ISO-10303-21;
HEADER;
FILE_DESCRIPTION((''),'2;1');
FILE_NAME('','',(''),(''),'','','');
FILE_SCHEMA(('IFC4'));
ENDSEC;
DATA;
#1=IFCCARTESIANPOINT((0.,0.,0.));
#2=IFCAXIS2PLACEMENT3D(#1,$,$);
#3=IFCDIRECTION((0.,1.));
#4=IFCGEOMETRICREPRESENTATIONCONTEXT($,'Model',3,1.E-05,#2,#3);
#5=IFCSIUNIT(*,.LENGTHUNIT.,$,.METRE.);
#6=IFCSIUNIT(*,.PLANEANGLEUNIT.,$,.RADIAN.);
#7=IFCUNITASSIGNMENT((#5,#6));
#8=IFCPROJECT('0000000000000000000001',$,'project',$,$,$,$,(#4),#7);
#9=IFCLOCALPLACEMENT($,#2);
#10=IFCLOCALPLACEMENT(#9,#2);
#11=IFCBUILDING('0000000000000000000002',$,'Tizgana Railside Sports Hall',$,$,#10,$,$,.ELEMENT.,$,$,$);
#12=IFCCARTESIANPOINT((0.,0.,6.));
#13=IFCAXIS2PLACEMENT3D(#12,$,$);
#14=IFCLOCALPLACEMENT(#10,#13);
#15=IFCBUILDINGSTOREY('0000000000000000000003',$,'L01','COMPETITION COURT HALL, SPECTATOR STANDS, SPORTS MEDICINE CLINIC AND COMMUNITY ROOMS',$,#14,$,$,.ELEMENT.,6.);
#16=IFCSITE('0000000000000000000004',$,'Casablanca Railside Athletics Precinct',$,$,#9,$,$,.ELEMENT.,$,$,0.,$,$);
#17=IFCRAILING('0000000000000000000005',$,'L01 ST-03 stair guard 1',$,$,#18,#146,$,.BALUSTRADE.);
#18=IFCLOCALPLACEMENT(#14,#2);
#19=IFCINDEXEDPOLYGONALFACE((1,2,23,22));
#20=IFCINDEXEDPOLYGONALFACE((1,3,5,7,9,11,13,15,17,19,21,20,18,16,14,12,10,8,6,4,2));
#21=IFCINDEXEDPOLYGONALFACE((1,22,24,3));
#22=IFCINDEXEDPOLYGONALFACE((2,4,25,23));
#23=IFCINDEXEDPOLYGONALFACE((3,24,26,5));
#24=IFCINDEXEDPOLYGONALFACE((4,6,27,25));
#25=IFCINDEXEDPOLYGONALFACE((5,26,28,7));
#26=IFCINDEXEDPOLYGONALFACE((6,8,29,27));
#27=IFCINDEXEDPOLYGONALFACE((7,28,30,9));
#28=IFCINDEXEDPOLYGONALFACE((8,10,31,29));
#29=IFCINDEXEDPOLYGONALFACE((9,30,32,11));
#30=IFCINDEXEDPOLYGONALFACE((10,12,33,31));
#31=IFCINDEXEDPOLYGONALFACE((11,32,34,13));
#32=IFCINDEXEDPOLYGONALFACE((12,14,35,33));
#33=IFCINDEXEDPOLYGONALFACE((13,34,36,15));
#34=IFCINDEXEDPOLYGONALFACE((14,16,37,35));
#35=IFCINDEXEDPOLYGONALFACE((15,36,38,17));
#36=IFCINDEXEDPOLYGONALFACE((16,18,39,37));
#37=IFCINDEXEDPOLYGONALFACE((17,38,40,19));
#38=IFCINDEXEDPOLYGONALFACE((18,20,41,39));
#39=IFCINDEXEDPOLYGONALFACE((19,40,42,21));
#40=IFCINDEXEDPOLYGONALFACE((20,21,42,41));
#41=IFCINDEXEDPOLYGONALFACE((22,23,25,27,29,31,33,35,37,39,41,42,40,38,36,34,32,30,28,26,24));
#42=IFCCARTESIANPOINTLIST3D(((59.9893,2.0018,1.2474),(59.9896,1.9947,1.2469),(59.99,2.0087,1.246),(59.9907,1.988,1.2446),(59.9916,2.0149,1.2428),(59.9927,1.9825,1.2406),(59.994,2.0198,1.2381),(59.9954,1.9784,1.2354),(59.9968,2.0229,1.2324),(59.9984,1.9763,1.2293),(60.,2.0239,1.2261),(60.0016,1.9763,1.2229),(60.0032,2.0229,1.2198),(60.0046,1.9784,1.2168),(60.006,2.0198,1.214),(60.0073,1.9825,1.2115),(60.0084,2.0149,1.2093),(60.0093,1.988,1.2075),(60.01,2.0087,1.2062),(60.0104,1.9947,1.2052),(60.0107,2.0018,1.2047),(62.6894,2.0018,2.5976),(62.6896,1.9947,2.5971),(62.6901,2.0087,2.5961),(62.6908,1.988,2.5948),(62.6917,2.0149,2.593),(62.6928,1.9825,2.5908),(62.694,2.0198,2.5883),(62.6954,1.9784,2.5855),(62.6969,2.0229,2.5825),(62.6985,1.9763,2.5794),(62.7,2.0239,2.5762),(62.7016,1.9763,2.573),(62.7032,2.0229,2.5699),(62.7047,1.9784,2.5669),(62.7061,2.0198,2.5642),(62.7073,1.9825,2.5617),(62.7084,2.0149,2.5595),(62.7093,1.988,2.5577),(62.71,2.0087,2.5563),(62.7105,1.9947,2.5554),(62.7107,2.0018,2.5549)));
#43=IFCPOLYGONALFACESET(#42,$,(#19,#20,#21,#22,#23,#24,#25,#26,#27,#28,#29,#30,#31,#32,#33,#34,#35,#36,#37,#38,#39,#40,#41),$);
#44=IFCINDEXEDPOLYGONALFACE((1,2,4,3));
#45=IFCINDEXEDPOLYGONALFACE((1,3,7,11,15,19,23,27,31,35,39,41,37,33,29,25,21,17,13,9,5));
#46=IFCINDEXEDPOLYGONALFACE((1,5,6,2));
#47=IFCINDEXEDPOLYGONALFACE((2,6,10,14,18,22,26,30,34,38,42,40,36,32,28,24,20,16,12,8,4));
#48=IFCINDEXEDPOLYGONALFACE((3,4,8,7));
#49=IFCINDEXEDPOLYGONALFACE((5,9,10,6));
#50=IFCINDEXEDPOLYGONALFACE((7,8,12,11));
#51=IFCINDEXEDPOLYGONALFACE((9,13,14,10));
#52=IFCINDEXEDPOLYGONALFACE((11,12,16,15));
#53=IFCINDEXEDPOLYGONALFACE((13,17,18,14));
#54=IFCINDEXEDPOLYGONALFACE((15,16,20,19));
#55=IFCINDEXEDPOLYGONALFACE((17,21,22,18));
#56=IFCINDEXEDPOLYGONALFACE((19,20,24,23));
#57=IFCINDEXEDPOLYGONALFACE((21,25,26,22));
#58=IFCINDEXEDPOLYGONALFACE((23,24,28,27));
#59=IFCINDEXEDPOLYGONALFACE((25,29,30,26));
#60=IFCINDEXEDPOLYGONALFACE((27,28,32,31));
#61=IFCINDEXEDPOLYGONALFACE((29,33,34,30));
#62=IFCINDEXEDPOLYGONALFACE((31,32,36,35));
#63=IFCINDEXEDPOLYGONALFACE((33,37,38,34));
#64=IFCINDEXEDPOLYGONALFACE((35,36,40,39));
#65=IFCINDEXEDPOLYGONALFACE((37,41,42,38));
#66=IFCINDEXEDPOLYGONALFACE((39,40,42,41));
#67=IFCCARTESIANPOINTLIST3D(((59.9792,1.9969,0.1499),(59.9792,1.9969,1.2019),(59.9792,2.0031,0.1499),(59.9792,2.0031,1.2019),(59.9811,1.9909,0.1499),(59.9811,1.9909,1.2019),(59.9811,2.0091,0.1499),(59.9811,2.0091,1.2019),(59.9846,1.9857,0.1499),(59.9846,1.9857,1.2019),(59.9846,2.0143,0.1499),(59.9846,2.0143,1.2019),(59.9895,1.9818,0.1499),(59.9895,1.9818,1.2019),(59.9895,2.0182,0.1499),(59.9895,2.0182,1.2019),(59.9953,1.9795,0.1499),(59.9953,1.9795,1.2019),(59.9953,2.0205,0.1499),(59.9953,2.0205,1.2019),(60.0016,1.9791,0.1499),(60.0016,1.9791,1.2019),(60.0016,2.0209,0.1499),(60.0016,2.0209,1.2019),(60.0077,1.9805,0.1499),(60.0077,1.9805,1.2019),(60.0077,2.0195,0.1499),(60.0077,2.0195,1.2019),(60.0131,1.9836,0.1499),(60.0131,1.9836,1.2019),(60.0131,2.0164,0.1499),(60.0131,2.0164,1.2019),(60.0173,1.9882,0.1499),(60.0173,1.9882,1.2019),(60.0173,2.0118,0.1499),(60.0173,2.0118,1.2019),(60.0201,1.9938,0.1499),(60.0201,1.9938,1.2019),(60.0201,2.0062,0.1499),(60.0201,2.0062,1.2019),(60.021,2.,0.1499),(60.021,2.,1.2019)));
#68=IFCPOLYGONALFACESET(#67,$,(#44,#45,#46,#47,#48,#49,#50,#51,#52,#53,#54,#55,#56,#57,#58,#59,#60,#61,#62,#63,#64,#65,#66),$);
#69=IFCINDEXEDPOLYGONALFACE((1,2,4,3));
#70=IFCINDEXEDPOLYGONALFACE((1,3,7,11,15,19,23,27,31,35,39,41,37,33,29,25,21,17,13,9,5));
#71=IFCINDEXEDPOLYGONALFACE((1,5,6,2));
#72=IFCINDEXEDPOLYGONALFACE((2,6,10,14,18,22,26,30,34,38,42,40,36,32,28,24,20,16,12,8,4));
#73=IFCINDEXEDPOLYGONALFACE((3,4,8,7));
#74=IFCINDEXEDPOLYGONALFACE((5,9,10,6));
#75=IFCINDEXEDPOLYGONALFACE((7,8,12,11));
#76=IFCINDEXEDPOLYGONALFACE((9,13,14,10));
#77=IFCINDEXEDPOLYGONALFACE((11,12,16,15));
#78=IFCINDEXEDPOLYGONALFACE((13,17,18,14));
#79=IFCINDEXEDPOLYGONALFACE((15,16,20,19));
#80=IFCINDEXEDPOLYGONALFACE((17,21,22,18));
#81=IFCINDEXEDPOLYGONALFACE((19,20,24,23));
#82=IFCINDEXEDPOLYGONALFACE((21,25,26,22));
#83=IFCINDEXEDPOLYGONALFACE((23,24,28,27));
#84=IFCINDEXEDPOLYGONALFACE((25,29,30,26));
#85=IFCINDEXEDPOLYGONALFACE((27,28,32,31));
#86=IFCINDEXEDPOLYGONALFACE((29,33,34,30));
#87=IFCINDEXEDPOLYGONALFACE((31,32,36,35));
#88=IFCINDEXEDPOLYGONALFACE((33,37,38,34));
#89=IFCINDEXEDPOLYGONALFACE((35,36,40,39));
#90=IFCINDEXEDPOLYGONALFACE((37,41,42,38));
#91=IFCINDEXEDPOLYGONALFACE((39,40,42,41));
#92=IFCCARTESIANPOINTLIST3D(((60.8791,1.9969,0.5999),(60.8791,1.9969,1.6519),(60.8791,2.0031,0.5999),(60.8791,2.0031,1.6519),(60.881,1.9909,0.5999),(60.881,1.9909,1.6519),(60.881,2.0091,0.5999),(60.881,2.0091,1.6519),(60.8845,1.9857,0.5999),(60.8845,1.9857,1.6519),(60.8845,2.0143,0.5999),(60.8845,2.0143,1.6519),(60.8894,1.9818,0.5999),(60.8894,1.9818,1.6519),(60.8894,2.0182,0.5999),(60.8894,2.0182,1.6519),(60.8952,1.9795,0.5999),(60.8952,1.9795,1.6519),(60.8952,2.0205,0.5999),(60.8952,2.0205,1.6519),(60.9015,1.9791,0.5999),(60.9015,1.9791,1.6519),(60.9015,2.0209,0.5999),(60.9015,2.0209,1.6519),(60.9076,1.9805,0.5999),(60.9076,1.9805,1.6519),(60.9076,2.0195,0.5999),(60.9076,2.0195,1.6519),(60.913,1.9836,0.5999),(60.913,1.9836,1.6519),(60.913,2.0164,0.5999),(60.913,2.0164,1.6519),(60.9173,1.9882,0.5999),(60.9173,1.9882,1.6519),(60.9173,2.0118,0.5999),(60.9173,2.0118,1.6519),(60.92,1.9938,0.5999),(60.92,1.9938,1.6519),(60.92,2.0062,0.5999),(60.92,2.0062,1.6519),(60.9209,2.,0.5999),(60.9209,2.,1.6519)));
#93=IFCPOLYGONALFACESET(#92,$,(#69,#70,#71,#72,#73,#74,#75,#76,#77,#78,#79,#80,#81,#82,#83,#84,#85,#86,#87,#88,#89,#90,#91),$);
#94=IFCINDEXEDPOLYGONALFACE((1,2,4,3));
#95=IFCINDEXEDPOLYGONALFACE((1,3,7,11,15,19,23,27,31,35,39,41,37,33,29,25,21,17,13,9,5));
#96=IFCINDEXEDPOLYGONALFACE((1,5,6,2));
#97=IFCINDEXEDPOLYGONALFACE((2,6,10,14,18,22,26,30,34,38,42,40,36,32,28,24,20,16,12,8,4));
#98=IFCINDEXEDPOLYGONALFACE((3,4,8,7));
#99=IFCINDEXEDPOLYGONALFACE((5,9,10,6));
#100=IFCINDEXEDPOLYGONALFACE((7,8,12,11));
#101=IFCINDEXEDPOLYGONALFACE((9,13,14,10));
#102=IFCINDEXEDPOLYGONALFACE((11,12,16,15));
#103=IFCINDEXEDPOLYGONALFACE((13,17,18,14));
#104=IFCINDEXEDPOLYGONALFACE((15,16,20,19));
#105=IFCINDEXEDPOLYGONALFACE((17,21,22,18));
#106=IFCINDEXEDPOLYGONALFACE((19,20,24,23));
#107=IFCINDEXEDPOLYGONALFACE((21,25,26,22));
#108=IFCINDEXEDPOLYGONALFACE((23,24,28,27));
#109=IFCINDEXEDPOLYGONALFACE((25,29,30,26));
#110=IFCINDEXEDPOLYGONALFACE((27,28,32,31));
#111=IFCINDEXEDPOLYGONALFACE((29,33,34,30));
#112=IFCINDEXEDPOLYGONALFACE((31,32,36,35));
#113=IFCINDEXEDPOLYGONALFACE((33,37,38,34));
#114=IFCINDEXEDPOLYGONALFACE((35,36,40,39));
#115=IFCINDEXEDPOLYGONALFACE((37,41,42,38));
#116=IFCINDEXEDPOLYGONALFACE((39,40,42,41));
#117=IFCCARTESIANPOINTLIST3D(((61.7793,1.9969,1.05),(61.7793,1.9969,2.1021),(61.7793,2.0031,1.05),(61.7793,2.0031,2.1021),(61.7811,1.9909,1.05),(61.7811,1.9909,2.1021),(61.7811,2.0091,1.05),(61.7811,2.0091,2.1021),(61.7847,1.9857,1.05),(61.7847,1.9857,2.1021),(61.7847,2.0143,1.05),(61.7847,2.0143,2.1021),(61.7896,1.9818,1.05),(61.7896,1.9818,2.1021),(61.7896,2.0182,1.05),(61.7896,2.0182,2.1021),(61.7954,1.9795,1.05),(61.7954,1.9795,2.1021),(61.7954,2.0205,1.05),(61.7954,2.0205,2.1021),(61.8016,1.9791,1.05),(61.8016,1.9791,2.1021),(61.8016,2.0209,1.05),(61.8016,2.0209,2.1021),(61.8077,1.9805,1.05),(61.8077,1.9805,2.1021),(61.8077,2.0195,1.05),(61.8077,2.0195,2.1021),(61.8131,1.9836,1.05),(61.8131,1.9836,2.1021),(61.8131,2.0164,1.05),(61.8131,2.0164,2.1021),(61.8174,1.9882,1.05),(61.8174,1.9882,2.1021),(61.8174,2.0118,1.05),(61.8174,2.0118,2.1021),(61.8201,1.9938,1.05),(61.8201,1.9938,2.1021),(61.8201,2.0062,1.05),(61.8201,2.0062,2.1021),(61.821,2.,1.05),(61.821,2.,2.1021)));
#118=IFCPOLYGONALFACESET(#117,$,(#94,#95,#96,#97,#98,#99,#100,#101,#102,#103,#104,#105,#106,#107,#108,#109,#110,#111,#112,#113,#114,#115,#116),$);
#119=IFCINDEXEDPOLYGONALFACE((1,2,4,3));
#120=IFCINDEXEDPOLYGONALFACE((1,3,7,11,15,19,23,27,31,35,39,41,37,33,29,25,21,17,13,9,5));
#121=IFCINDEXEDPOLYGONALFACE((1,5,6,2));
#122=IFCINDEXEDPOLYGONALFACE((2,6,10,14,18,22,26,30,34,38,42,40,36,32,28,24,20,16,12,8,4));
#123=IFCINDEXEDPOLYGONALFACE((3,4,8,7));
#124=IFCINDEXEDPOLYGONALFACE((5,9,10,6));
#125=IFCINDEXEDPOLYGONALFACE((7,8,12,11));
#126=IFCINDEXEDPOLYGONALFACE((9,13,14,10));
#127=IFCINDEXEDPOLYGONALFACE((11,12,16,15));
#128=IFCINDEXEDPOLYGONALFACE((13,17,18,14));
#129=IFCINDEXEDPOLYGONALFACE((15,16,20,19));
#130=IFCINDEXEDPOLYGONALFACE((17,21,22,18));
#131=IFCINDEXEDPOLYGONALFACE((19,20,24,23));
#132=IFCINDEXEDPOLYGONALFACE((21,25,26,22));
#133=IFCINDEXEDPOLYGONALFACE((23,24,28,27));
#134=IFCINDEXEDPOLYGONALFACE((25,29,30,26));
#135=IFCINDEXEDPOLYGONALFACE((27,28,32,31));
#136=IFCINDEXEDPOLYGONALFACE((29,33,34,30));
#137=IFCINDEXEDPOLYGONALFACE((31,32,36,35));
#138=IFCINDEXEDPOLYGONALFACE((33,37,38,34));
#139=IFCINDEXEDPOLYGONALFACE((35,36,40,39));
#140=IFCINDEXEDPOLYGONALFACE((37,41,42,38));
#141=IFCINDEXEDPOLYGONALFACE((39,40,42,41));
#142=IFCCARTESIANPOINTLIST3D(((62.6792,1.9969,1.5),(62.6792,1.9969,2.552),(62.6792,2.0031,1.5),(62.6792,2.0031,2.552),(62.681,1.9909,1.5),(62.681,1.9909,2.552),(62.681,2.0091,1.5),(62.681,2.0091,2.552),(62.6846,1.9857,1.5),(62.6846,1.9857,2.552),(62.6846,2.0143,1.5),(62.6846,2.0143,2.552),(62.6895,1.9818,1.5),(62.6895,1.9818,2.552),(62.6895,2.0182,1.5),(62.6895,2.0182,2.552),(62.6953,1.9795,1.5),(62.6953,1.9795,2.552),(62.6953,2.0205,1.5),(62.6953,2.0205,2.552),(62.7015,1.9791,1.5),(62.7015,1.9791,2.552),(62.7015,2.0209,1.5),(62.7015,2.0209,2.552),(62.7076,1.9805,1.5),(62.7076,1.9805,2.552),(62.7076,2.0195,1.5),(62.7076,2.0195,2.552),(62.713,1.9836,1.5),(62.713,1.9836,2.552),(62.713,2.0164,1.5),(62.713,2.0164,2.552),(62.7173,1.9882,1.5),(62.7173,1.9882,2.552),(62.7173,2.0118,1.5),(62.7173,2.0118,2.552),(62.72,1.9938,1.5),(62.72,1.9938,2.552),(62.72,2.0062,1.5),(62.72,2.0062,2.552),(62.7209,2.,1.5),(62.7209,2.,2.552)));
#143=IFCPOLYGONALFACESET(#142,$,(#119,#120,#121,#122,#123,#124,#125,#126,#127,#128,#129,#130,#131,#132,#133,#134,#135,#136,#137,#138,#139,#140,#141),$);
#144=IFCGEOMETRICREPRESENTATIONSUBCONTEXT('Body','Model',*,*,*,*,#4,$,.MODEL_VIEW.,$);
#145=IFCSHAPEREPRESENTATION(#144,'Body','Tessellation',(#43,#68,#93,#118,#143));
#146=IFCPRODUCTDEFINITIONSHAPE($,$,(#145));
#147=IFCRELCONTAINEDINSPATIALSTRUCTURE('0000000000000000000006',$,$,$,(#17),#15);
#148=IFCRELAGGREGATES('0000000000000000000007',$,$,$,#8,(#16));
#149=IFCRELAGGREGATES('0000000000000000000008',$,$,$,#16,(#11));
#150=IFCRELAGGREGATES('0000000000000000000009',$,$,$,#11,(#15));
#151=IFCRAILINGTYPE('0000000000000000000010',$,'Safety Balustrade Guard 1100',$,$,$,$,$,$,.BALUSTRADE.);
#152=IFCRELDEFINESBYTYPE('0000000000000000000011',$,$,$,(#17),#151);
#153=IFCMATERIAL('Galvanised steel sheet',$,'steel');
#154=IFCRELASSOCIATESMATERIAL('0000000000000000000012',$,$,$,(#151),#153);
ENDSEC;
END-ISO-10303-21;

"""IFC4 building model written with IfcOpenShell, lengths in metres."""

from ifc_helpers import new_model, si_unit, direction, frame, origin, origin_2d, place, context, subcontext, project, spatial, circle, extrude, material, type_object, element, save


model = new_model("IFC4")

# Units and contexts
model_context = context("Model", 3, precision=1e-05, world=origin(), true_north=direction((0.0, 1.0)))
body_context = subcontext(model_context, "Body", "Model", "MODEL_VIEW")
ifc_project = project(units=[si_unit("LENGTHUNIT", "METRE"), si_unit("PLANEANGLEUNIT", "RADIAN")], contexts=[model_context])

# Site, building, storey
site_placement = place(None, origin())
site = spatial("IfcSite", under=ifc_project, at=site_placement, Name="Casablanca Railside Athletics Precinct", CompositionType="ELEMENT", RefElevation=0.0)
building_placement = place(site_placement, origin())
building = spatial("IfcBuilding", under=site, at=building_placement, Name="Tizgana Railside Sports Hall", CompositionType="ELEMENT")
storey_placement = place(building_placement, frame((0.0, 0.0, 6.0)))
storey = spatial("IfcBuildingStorey", under=building, at=storey_placement, Name="L01", Description="COMPETITION COURT HALL, SPECTATOR STANDS, SPORTS MEDICINE CLINIC AND COMMUNITY ROOMS", CompositionType="ELEMENT", Elevation=6.0)

# Railing
ifc_material_1 = material(Name="Galvanised steel sheet", Category="steel")
railing_type_1 = type_object("IfcRailingType", Name="Safety Balustrade Guard 1100", PredefinedType="BALUSTRADE", material=ifc_material_1)
railing_1_placement = place(storey_placement, frame((60.0, 2.0, 0.1499)))
element("IfcRailing", 1, at=railing_1_placement, inside=storey, type_object=railing_type_1, Name="L01 ST-03 stair guard 1", PredefinedType="BALUSTRADE", context=body_context, shape_type="SweptSolid", body=[
    extrude(circle(Radius=0.0239, at=origin_2d()), frame((0.0, 0.0, 1.0762), z_axis=(0.894411, 0.0, 0.447246), x_axis=(0.0, 1.0, 0.0)), (0.0, 0.0, 1.0), 3.0188),
    extrude(circle(Radius=0.021, at=origin_2d()), origin(), (0.0, 0.0, 1.0), 1.052),
    extrude(circle(Radius=0.021, at=origin_2d()), frame((0.8999, 0.0, 0.45)), (0.0, 0.0, 1.0), 1.052),
    extrude(circle(Radius=0.021, at=origin_2d()), frame((1.8, 0.0, 0.9001)), (0.0, 0.0, 1.0), 1.052),
    extrude(circle(Radius=0.021, at=origin_2d()), frame((2.7, 0.0, 1.3501)), (0.0, 0.0, 1.0), 1.052),
])

save(model, "model.ifc")
